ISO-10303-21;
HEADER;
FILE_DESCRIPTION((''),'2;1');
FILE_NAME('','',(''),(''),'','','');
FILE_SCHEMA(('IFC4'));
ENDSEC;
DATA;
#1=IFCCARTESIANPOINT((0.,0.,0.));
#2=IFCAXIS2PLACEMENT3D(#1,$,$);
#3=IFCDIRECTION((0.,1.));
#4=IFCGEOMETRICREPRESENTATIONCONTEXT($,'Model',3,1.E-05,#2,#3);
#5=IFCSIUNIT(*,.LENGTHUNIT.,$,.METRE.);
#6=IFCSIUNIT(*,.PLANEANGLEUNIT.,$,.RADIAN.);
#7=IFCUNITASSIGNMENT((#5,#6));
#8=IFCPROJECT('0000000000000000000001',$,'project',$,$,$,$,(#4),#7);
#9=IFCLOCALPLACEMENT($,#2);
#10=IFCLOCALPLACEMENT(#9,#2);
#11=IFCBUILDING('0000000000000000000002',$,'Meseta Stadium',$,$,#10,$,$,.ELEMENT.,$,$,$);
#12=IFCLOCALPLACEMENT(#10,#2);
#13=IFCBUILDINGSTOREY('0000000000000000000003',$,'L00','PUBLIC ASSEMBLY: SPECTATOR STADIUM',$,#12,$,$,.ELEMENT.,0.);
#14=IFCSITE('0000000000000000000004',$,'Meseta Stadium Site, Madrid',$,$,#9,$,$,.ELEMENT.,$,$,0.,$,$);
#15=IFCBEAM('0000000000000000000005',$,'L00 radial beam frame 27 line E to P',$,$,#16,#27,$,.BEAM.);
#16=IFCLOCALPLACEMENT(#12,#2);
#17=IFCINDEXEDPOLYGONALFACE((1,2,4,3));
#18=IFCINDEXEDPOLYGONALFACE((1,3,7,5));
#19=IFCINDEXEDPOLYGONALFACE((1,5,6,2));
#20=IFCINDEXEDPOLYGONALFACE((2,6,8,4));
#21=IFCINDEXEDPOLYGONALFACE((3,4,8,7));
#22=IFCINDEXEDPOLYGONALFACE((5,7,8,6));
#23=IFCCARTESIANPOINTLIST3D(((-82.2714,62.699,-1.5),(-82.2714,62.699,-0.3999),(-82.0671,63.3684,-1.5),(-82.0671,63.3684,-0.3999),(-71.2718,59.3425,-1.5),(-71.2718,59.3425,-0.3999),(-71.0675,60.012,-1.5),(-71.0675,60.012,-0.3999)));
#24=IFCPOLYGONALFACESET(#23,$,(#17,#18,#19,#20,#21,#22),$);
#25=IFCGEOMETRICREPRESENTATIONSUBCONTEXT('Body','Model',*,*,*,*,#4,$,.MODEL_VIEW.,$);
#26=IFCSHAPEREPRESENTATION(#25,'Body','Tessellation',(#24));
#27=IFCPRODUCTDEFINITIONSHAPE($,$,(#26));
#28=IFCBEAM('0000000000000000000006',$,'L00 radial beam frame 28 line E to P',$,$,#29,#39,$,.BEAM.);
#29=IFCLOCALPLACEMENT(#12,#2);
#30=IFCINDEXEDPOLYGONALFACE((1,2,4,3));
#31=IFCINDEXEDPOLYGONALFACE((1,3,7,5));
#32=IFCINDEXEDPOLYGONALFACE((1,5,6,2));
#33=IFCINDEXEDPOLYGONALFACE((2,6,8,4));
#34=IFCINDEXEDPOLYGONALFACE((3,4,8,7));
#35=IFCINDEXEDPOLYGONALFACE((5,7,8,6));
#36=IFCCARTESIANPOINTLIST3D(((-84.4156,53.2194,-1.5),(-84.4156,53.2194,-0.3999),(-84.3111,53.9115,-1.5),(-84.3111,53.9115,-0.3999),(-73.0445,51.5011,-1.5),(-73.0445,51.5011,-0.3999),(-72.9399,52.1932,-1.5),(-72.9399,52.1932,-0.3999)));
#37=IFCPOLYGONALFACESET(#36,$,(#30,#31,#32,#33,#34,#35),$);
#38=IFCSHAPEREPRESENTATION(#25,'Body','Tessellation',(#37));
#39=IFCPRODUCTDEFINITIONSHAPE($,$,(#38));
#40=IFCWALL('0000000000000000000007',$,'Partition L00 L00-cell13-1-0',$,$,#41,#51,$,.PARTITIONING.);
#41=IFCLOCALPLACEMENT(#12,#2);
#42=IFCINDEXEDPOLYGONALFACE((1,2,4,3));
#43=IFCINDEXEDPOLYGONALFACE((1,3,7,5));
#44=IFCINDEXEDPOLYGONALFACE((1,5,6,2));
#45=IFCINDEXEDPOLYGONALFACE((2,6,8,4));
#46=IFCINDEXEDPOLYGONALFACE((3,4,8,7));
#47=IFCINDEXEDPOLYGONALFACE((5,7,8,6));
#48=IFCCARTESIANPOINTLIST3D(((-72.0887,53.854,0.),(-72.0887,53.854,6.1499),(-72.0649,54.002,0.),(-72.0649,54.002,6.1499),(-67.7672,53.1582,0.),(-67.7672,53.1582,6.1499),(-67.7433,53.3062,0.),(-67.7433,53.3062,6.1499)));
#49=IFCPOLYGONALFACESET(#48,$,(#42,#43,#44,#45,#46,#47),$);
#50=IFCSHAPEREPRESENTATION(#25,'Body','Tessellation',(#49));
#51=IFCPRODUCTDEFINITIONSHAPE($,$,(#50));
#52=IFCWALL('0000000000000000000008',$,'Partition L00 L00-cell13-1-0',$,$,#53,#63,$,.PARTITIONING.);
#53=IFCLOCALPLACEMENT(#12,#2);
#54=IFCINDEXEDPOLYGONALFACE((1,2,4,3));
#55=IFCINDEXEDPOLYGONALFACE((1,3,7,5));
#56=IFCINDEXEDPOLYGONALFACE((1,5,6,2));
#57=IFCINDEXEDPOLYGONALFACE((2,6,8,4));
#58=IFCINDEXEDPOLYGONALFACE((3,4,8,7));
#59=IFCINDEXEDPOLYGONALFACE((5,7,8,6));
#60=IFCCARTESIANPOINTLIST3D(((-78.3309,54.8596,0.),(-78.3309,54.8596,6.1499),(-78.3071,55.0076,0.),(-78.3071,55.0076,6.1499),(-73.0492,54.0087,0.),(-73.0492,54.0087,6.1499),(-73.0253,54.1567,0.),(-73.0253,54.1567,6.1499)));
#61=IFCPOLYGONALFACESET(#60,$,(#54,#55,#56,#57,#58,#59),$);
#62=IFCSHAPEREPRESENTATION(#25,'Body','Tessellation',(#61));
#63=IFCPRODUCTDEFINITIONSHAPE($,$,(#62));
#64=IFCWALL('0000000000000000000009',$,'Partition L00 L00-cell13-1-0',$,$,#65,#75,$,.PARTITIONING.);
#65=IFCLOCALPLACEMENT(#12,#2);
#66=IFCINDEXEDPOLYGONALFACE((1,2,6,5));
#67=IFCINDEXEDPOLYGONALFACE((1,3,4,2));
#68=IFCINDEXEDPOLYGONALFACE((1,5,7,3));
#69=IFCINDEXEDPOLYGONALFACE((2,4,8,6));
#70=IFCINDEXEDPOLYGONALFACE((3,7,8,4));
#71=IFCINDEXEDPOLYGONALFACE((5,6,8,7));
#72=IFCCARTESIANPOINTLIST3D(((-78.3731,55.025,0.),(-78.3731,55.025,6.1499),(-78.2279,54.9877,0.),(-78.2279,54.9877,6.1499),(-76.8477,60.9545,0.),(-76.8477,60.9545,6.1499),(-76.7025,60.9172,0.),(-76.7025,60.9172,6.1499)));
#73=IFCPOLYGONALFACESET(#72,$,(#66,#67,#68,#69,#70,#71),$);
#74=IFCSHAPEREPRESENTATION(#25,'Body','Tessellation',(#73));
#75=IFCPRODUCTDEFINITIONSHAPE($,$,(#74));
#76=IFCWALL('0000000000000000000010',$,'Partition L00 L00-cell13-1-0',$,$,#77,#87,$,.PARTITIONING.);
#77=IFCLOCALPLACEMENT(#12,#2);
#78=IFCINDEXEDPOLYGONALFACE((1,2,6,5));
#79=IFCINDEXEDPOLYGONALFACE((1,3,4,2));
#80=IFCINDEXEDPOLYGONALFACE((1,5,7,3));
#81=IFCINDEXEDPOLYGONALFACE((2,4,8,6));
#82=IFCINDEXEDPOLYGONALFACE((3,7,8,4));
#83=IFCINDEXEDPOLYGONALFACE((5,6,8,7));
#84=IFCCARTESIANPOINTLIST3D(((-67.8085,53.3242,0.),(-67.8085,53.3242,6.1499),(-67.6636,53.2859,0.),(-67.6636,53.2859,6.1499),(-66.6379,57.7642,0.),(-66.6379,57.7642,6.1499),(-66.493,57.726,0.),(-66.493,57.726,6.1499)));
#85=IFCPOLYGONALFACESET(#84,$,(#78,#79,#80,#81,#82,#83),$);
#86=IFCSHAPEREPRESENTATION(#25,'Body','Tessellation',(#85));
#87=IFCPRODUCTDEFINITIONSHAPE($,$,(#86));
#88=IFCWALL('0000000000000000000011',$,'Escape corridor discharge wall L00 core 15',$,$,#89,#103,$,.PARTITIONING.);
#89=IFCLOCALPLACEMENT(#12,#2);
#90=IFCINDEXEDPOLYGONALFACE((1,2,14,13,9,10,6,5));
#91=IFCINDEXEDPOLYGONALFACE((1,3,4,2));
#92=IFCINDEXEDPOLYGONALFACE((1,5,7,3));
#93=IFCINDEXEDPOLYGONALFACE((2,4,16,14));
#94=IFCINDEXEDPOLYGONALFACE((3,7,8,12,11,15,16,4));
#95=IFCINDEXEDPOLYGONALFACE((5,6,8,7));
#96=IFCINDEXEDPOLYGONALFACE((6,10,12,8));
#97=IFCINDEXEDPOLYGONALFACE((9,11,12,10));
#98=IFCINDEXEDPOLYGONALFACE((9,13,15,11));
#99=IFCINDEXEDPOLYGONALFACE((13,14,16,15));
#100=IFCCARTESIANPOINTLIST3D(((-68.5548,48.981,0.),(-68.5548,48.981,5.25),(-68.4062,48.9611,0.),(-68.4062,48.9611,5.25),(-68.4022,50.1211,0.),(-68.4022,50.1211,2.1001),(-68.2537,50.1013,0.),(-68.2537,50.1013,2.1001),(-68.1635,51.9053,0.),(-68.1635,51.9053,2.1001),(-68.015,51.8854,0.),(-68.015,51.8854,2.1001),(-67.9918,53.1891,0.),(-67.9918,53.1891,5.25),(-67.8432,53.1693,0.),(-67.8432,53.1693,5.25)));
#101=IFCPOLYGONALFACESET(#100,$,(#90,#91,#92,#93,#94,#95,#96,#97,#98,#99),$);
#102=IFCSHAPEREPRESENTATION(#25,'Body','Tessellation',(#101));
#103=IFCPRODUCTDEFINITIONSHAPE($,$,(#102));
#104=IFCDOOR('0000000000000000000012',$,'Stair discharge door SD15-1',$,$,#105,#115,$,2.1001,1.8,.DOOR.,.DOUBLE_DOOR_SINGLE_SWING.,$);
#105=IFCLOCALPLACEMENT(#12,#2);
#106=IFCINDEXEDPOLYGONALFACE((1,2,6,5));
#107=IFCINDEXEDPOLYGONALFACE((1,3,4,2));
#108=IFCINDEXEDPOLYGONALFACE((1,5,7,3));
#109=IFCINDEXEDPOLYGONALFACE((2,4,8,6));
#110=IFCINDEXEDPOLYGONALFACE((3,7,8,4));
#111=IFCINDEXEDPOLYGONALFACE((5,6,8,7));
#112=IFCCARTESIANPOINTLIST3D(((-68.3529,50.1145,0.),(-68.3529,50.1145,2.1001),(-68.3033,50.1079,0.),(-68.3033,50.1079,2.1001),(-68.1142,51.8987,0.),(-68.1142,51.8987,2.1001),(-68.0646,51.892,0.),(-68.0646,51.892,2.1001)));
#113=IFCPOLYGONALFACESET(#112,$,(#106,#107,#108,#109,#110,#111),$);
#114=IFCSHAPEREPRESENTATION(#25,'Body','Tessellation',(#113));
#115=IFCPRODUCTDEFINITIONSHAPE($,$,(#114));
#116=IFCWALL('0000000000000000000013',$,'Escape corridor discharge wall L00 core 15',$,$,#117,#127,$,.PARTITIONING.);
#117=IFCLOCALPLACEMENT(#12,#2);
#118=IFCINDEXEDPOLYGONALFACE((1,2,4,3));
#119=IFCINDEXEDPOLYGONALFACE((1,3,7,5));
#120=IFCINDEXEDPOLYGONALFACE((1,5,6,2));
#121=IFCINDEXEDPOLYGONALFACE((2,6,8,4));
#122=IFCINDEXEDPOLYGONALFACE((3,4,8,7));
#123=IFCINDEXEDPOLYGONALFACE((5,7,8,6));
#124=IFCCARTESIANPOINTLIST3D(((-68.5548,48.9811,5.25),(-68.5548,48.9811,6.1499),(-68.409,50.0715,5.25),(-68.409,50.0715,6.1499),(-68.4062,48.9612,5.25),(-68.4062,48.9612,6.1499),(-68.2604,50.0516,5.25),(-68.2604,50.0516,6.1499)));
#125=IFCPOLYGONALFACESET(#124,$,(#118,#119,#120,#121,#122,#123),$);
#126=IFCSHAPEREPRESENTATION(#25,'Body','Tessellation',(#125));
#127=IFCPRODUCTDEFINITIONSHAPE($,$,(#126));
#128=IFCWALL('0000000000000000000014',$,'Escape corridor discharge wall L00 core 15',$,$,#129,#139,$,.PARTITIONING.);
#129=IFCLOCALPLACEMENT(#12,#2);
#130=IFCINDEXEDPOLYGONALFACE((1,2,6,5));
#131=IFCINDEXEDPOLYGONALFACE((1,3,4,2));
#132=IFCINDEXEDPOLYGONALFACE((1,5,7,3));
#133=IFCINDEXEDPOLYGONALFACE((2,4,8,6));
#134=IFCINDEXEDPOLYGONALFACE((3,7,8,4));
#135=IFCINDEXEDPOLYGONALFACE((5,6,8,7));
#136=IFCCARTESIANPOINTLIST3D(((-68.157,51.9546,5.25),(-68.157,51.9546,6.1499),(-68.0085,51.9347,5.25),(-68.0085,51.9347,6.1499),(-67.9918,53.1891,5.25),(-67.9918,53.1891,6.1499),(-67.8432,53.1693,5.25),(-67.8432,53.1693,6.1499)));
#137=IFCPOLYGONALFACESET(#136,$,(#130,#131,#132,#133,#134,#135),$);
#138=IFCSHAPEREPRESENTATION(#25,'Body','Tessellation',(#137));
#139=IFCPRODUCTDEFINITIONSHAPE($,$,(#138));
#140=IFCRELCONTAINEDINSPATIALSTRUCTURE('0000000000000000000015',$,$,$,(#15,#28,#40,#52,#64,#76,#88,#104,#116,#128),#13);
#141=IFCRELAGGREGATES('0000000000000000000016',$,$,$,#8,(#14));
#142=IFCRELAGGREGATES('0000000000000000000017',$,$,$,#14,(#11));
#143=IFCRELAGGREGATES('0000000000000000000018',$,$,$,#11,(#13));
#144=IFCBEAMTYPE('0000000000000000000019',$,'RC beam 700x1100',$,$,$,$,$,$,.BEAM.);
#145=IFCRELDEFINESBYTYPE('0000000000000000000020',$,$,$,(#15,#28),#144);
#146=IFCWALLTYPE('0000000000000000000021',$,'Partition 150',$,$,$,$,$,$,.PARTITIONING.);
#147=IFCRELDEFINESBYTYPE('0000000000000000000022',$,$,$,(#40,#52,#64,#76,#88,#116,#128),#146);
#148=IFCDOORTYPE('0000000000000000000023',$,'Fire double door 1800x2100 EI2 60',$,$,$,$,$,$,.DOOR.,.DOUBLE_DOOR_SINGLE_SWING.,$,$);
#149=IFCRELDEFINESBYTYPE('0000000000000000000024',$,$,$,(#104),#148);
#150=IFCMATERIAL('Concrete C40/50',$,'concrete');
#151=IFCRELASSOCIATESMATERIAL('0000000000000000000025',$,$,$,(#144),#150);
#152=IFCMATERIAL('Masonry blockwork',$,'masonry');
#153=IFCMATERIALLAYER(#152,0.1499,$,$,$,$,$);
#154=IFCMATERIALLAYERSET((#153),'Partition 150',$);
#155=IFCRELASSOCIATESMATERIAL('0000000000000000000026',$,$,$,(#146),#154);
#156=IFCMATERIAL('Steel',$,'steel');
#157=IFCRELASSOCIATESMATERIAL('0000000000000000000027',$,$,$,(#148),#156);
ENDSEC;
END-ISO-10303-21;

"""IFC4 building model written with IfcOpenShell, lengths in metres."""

from ifc_helpers import new_model, si_unit, direction, frame, frame_2d, origin, origin_2d, place, context, subcontext, project, spatial, rectangle, extrude, material, layer, layer_set, material_profile, profile_set, type_object, element, fill, save


model = new_model("IFC4")

# Units and contexts
model_context = context("Model", 3, precision=1e-05, world=origin(), true_north=direction((0.0, 1.0)))
body_context = subcontext(model_context, "Body", "Model", "MODEL_VIEW")
ifc_project = project(units=[si_unit("LENGTHUNIT", "METRE"), si_unit("PLANEANGLEUNIT", "RADIAN")], contexts=[model_context])

# Site, building, storey
site_placement = place(None, origin())
site = spatial("IfcSite", under=ifc_project, at=site_placement, Name="Meseta Stadium Site, Madrid", CompositionType="ELEMENT", RefElevation=0.0)
building_placement = place(site_placement, origin())
building = spatial("IfcBuilding", under=site, at=building_placement, Name="Meseta Stadium", CompositionType="ELEMENT")
storey_placement = place(building_placement, origin())
storey = spatial("IfcBuildingStorey", under=building, at=storey_placement, Name="L00", Description="PUBLIC ASSEMBLY: SPECTATOR STADIUM", CompositionType="ELEMENT", Elevation=0.0)

# Beams
ifc_material_1 = material(Name="Concrete C40/50", Category="concrete")
ifc_material_profile_1 = material_profile(ifc_material_1, rectangle(XDim=0.7, YDim=1.1001, at=origin_2d()), Name="RC 700x1100")
ifc_profile_set_1 = profile_set([ifc_material_profile_1], Name="Concrete C40/50")
beam_type_1 = type_object("IfcBeamType", Name="RC beam 700x1100", PredefinedType="BEAM", material=ifc_profile_set_1)
for number, where, z_axis, x_axis, name in (
    (1, (-71.1697, 59.6772, -0.95), (-0.956461, 0.291859, 0.0), (-0.291859, -0.956461, 0.0), "L00 radial beam frame 27 line E to P"),
    (2, (-72.9922, 51.8472, -0.95), (-0.988775, 0.149412, 0.0), (-0.149412, -0.988775, 0.0), "L00 radial beam frame 28 line E to P"),
):
    element("IfcBeam", number, at=place(storey_placement, frame(where, z_axis=z_axis, x_axis=x_axis)), inside=storey, type_object=beam_type_1, Name=name, PredefinedType="BEAM", context=body_context, shape_type="SweptSolid", body=[
        extrude(rectangle(XDim=0.7, YDim=1.1001, at=origin_2d()), origin(), (0.0, 0.0, 1.0), 11.5002),
    ])

# Walls
ifc_material_2 = material(Name="Masonry blockwork", Category="masonry")
ifc_layer = layer(ifc_material_2, 0.1499)
ifc_layer_set = layer_set([ifc_layer], Name="Partition 150")
wall_type = type_object("IfcWallType", Name="Partition 150", PredefinedType="PARTITIONING", material=ifc_layer_set)
wall_1_placement = place(storey_placement, frame((-67.7554, 53.2322, 0.0), z_axis=(0.0, 0.0, 1.0), x_axis=(-0.987285, 0.158961, 0.0)))
element("IfcWall", 3, at=wall_1_placement, inside=storey, type_object=wall_type, Name="Partition L00 L00-cell13-1-0", PredefinedType="PARTITIONING", context=body_context, shape_type="SweptSolid", body=[
    extrude(rectangle(XDim=4.3772, YDim=0.1499, at=frame_2d((2.1885, 0.0))), origin(), (0.0, 0.0, 1.0), 6.1499),
])
wall_2_placement = place(storey_placement, frame((-73.0374, 54.0828, 0.0), z_axis=(0.0, 0.0, 1.0), x_axis=(-0.987272, 0.159039, 0.0)))
element("IfcWall", 4, at=wall_2_placement, inside=storey, type_object=wall_type, Name="Partition L00 L00-cell13-1-0", PredefinedType="PARTITIONING", context=body_context, shape_type="SweptSolid", body=[
    extrude(rectangle(XDim=5.3499, YDim=0.1499, at=frame_2d((2.6748, 0.0))), origin(), (0.0, 0.0, 1.0), 6.1499),
])
wall_3_placement = place(storey_placement, frame((-78.3005, 55.0063, 0.0), z_axis=(0.0, 0.0, 1.0), x_axis=(0.249145, 0.968466, 0.0)))
element("IfcWall", 5, at=wall_3_placement, inside=storey, type_object=wall_type, Name="Partition L00 L00-cell13-1-0", PredefinedType="PARTITIONING", context=body_context, shape_type="SweptSolid", body=[
    extrude(rectangle(XDim=6.1226, YDim=0.1499, at=frame_2d((3.0613, 0.0))), origin(), (0.0, 0.0, 1.0), 6.1499),
])
wall_4_placement = place(storey_placement, frame((-66.5654, 57.7451, 0.0), z_axis=(0.0, 0.0, 1.0), x_axis=(-0.254938, -0.966957, 0.0)))
element("IfcWall", 6, at=wall_4_placement, inside=storey, type_object=wall_type, Name="Partition L00 L00-cell13-1-0", PredefinedType="PARTITIONING", context=body_context, shape_type="SweptSolid", body=[
    extrude(rectangle(XDim=4.5918, YDim=0.1499, at=frame_2d((2.2959, 0.0))), origin(), (0.0, 0.0, 1.0), 6.1499),
])

# Wall, opening, door
wall_5_placement = place(storey_placement, frame((-67.9175, 53.1792, 0.0), z_axis=(0.0, 0.0, 1.0), x_axis=(-0.132608, -0.991169, 0.0)))
wall_5 = element("IfcWall", 7, at=wall_5_placement, inside=storey, type_object=wall_type, Name="Escape corridor discharge wall L00 core 15", PredefinedType="PARTITIONING", context=body_context, shape_type="SweptSolid", body=[
    extrude(rectangle(XDim=4.2456, YDim=0.1499, at=frame_2d((2.1228, 0.0))), origin(), (0.0, 0.0, 1.0), 5.25),
])
opening_placement = place(wall_5_placement, frame((1.2954, 0.0, 0.0)))
opening = element("IfcOpeningElement", 8, at=opening_placement, cuts=wall_5, PredefinedType="OPENING", context=body_context, shape_type="SweptSolid", body=[
    extrude(rectangle(XDim=1.8, YDim=2.1001, at=frame_2d((0.8999, 1.05))), frame((0.0, 0.085, 0.0), z_axis=(0.0, -1.0, 0.0), x_axis=(1.0, 0.0, 0.0)), (0.0, 0.0, 1.0), 0.1699),
])
ifc_material_3 = material(Name="Steel", Category="steel")
door_type = type_object("IfcDoorType", Name="Fire double door 1800x2100 EI2 60", OperationType="DOUBLE_DOOR_SINGLE_SWING", PredefinedType="DOOR", material=ifc_material_3)
door_placement = place(opening_placement, origin())
door = element("IfcDoor", 9, at=door_placement, inside=storey, type_object=door_type, Name="Stair discharge door SD15-1", OperationType="DOUBLE_DOOR_SINGLE_SWING", OverallHeight=2.1001, OverallWidth=1.8, PredefinedType="DOOR", context=body_context, shape_type="SweptSolid", body=[
    extrude(rectangle(XDim=1.8, YDim=2.1001, at=frame_2d((0.8999, 1.05))), frame((0.0, 0.0249, 0.0), z_axis=(0.0, -1.0, 0.0), x_axis=(1.0, 0.0, 0.0)), (0.0, 0.0, 1.0), 0.05),
])
fill(opening, door)

# Walls
wall_6_placement = place(storey_placement, frame((-68.3347, 50.0615, 5.25), z_axis=(0.0, 0.0, 1.0), x_axis=(-0.132498, -0.991183, 0.0)))
element("IfcWall", 10, at=wall_6_placement, inside=storey, type_object=wall_type, Name="Escape corridor discharge wall L00 core 15", PredefinedType="PARTITIONING", context=body_context, shape_type="SweptSolid", body=[
    extrude(rectangle(XDim=1.1001, YDim=0.1499, at=frame_2d((0.55, 0.0))), origin(), (0.0, 0.0, 1.0), 0.8999),
])
wall_7_placement = place(storey_placement, frame((-67.9175, 53.1792, 5.25), z_axis=(0.0, 0.0, 1.0), x_axis=(-0.13269, -0.991158, 0.0)))
element("IfcWall", 11, at=wall_7_placement, inside=storey, type_object=wall_type, Name="Escape corridor discharge wall L00 core 15", PredefinedType="PARTITIONING", context=body_context, shape_type="SweptSolid", body=[
    extrude(rectangle(XDim=1.2456, YDim=0.1499, at=frame_2d((0.6228, 0.0))), origin(), (0.0, 0.0, 1.0), 0.8999),
])

save(model, "model.ifc")
